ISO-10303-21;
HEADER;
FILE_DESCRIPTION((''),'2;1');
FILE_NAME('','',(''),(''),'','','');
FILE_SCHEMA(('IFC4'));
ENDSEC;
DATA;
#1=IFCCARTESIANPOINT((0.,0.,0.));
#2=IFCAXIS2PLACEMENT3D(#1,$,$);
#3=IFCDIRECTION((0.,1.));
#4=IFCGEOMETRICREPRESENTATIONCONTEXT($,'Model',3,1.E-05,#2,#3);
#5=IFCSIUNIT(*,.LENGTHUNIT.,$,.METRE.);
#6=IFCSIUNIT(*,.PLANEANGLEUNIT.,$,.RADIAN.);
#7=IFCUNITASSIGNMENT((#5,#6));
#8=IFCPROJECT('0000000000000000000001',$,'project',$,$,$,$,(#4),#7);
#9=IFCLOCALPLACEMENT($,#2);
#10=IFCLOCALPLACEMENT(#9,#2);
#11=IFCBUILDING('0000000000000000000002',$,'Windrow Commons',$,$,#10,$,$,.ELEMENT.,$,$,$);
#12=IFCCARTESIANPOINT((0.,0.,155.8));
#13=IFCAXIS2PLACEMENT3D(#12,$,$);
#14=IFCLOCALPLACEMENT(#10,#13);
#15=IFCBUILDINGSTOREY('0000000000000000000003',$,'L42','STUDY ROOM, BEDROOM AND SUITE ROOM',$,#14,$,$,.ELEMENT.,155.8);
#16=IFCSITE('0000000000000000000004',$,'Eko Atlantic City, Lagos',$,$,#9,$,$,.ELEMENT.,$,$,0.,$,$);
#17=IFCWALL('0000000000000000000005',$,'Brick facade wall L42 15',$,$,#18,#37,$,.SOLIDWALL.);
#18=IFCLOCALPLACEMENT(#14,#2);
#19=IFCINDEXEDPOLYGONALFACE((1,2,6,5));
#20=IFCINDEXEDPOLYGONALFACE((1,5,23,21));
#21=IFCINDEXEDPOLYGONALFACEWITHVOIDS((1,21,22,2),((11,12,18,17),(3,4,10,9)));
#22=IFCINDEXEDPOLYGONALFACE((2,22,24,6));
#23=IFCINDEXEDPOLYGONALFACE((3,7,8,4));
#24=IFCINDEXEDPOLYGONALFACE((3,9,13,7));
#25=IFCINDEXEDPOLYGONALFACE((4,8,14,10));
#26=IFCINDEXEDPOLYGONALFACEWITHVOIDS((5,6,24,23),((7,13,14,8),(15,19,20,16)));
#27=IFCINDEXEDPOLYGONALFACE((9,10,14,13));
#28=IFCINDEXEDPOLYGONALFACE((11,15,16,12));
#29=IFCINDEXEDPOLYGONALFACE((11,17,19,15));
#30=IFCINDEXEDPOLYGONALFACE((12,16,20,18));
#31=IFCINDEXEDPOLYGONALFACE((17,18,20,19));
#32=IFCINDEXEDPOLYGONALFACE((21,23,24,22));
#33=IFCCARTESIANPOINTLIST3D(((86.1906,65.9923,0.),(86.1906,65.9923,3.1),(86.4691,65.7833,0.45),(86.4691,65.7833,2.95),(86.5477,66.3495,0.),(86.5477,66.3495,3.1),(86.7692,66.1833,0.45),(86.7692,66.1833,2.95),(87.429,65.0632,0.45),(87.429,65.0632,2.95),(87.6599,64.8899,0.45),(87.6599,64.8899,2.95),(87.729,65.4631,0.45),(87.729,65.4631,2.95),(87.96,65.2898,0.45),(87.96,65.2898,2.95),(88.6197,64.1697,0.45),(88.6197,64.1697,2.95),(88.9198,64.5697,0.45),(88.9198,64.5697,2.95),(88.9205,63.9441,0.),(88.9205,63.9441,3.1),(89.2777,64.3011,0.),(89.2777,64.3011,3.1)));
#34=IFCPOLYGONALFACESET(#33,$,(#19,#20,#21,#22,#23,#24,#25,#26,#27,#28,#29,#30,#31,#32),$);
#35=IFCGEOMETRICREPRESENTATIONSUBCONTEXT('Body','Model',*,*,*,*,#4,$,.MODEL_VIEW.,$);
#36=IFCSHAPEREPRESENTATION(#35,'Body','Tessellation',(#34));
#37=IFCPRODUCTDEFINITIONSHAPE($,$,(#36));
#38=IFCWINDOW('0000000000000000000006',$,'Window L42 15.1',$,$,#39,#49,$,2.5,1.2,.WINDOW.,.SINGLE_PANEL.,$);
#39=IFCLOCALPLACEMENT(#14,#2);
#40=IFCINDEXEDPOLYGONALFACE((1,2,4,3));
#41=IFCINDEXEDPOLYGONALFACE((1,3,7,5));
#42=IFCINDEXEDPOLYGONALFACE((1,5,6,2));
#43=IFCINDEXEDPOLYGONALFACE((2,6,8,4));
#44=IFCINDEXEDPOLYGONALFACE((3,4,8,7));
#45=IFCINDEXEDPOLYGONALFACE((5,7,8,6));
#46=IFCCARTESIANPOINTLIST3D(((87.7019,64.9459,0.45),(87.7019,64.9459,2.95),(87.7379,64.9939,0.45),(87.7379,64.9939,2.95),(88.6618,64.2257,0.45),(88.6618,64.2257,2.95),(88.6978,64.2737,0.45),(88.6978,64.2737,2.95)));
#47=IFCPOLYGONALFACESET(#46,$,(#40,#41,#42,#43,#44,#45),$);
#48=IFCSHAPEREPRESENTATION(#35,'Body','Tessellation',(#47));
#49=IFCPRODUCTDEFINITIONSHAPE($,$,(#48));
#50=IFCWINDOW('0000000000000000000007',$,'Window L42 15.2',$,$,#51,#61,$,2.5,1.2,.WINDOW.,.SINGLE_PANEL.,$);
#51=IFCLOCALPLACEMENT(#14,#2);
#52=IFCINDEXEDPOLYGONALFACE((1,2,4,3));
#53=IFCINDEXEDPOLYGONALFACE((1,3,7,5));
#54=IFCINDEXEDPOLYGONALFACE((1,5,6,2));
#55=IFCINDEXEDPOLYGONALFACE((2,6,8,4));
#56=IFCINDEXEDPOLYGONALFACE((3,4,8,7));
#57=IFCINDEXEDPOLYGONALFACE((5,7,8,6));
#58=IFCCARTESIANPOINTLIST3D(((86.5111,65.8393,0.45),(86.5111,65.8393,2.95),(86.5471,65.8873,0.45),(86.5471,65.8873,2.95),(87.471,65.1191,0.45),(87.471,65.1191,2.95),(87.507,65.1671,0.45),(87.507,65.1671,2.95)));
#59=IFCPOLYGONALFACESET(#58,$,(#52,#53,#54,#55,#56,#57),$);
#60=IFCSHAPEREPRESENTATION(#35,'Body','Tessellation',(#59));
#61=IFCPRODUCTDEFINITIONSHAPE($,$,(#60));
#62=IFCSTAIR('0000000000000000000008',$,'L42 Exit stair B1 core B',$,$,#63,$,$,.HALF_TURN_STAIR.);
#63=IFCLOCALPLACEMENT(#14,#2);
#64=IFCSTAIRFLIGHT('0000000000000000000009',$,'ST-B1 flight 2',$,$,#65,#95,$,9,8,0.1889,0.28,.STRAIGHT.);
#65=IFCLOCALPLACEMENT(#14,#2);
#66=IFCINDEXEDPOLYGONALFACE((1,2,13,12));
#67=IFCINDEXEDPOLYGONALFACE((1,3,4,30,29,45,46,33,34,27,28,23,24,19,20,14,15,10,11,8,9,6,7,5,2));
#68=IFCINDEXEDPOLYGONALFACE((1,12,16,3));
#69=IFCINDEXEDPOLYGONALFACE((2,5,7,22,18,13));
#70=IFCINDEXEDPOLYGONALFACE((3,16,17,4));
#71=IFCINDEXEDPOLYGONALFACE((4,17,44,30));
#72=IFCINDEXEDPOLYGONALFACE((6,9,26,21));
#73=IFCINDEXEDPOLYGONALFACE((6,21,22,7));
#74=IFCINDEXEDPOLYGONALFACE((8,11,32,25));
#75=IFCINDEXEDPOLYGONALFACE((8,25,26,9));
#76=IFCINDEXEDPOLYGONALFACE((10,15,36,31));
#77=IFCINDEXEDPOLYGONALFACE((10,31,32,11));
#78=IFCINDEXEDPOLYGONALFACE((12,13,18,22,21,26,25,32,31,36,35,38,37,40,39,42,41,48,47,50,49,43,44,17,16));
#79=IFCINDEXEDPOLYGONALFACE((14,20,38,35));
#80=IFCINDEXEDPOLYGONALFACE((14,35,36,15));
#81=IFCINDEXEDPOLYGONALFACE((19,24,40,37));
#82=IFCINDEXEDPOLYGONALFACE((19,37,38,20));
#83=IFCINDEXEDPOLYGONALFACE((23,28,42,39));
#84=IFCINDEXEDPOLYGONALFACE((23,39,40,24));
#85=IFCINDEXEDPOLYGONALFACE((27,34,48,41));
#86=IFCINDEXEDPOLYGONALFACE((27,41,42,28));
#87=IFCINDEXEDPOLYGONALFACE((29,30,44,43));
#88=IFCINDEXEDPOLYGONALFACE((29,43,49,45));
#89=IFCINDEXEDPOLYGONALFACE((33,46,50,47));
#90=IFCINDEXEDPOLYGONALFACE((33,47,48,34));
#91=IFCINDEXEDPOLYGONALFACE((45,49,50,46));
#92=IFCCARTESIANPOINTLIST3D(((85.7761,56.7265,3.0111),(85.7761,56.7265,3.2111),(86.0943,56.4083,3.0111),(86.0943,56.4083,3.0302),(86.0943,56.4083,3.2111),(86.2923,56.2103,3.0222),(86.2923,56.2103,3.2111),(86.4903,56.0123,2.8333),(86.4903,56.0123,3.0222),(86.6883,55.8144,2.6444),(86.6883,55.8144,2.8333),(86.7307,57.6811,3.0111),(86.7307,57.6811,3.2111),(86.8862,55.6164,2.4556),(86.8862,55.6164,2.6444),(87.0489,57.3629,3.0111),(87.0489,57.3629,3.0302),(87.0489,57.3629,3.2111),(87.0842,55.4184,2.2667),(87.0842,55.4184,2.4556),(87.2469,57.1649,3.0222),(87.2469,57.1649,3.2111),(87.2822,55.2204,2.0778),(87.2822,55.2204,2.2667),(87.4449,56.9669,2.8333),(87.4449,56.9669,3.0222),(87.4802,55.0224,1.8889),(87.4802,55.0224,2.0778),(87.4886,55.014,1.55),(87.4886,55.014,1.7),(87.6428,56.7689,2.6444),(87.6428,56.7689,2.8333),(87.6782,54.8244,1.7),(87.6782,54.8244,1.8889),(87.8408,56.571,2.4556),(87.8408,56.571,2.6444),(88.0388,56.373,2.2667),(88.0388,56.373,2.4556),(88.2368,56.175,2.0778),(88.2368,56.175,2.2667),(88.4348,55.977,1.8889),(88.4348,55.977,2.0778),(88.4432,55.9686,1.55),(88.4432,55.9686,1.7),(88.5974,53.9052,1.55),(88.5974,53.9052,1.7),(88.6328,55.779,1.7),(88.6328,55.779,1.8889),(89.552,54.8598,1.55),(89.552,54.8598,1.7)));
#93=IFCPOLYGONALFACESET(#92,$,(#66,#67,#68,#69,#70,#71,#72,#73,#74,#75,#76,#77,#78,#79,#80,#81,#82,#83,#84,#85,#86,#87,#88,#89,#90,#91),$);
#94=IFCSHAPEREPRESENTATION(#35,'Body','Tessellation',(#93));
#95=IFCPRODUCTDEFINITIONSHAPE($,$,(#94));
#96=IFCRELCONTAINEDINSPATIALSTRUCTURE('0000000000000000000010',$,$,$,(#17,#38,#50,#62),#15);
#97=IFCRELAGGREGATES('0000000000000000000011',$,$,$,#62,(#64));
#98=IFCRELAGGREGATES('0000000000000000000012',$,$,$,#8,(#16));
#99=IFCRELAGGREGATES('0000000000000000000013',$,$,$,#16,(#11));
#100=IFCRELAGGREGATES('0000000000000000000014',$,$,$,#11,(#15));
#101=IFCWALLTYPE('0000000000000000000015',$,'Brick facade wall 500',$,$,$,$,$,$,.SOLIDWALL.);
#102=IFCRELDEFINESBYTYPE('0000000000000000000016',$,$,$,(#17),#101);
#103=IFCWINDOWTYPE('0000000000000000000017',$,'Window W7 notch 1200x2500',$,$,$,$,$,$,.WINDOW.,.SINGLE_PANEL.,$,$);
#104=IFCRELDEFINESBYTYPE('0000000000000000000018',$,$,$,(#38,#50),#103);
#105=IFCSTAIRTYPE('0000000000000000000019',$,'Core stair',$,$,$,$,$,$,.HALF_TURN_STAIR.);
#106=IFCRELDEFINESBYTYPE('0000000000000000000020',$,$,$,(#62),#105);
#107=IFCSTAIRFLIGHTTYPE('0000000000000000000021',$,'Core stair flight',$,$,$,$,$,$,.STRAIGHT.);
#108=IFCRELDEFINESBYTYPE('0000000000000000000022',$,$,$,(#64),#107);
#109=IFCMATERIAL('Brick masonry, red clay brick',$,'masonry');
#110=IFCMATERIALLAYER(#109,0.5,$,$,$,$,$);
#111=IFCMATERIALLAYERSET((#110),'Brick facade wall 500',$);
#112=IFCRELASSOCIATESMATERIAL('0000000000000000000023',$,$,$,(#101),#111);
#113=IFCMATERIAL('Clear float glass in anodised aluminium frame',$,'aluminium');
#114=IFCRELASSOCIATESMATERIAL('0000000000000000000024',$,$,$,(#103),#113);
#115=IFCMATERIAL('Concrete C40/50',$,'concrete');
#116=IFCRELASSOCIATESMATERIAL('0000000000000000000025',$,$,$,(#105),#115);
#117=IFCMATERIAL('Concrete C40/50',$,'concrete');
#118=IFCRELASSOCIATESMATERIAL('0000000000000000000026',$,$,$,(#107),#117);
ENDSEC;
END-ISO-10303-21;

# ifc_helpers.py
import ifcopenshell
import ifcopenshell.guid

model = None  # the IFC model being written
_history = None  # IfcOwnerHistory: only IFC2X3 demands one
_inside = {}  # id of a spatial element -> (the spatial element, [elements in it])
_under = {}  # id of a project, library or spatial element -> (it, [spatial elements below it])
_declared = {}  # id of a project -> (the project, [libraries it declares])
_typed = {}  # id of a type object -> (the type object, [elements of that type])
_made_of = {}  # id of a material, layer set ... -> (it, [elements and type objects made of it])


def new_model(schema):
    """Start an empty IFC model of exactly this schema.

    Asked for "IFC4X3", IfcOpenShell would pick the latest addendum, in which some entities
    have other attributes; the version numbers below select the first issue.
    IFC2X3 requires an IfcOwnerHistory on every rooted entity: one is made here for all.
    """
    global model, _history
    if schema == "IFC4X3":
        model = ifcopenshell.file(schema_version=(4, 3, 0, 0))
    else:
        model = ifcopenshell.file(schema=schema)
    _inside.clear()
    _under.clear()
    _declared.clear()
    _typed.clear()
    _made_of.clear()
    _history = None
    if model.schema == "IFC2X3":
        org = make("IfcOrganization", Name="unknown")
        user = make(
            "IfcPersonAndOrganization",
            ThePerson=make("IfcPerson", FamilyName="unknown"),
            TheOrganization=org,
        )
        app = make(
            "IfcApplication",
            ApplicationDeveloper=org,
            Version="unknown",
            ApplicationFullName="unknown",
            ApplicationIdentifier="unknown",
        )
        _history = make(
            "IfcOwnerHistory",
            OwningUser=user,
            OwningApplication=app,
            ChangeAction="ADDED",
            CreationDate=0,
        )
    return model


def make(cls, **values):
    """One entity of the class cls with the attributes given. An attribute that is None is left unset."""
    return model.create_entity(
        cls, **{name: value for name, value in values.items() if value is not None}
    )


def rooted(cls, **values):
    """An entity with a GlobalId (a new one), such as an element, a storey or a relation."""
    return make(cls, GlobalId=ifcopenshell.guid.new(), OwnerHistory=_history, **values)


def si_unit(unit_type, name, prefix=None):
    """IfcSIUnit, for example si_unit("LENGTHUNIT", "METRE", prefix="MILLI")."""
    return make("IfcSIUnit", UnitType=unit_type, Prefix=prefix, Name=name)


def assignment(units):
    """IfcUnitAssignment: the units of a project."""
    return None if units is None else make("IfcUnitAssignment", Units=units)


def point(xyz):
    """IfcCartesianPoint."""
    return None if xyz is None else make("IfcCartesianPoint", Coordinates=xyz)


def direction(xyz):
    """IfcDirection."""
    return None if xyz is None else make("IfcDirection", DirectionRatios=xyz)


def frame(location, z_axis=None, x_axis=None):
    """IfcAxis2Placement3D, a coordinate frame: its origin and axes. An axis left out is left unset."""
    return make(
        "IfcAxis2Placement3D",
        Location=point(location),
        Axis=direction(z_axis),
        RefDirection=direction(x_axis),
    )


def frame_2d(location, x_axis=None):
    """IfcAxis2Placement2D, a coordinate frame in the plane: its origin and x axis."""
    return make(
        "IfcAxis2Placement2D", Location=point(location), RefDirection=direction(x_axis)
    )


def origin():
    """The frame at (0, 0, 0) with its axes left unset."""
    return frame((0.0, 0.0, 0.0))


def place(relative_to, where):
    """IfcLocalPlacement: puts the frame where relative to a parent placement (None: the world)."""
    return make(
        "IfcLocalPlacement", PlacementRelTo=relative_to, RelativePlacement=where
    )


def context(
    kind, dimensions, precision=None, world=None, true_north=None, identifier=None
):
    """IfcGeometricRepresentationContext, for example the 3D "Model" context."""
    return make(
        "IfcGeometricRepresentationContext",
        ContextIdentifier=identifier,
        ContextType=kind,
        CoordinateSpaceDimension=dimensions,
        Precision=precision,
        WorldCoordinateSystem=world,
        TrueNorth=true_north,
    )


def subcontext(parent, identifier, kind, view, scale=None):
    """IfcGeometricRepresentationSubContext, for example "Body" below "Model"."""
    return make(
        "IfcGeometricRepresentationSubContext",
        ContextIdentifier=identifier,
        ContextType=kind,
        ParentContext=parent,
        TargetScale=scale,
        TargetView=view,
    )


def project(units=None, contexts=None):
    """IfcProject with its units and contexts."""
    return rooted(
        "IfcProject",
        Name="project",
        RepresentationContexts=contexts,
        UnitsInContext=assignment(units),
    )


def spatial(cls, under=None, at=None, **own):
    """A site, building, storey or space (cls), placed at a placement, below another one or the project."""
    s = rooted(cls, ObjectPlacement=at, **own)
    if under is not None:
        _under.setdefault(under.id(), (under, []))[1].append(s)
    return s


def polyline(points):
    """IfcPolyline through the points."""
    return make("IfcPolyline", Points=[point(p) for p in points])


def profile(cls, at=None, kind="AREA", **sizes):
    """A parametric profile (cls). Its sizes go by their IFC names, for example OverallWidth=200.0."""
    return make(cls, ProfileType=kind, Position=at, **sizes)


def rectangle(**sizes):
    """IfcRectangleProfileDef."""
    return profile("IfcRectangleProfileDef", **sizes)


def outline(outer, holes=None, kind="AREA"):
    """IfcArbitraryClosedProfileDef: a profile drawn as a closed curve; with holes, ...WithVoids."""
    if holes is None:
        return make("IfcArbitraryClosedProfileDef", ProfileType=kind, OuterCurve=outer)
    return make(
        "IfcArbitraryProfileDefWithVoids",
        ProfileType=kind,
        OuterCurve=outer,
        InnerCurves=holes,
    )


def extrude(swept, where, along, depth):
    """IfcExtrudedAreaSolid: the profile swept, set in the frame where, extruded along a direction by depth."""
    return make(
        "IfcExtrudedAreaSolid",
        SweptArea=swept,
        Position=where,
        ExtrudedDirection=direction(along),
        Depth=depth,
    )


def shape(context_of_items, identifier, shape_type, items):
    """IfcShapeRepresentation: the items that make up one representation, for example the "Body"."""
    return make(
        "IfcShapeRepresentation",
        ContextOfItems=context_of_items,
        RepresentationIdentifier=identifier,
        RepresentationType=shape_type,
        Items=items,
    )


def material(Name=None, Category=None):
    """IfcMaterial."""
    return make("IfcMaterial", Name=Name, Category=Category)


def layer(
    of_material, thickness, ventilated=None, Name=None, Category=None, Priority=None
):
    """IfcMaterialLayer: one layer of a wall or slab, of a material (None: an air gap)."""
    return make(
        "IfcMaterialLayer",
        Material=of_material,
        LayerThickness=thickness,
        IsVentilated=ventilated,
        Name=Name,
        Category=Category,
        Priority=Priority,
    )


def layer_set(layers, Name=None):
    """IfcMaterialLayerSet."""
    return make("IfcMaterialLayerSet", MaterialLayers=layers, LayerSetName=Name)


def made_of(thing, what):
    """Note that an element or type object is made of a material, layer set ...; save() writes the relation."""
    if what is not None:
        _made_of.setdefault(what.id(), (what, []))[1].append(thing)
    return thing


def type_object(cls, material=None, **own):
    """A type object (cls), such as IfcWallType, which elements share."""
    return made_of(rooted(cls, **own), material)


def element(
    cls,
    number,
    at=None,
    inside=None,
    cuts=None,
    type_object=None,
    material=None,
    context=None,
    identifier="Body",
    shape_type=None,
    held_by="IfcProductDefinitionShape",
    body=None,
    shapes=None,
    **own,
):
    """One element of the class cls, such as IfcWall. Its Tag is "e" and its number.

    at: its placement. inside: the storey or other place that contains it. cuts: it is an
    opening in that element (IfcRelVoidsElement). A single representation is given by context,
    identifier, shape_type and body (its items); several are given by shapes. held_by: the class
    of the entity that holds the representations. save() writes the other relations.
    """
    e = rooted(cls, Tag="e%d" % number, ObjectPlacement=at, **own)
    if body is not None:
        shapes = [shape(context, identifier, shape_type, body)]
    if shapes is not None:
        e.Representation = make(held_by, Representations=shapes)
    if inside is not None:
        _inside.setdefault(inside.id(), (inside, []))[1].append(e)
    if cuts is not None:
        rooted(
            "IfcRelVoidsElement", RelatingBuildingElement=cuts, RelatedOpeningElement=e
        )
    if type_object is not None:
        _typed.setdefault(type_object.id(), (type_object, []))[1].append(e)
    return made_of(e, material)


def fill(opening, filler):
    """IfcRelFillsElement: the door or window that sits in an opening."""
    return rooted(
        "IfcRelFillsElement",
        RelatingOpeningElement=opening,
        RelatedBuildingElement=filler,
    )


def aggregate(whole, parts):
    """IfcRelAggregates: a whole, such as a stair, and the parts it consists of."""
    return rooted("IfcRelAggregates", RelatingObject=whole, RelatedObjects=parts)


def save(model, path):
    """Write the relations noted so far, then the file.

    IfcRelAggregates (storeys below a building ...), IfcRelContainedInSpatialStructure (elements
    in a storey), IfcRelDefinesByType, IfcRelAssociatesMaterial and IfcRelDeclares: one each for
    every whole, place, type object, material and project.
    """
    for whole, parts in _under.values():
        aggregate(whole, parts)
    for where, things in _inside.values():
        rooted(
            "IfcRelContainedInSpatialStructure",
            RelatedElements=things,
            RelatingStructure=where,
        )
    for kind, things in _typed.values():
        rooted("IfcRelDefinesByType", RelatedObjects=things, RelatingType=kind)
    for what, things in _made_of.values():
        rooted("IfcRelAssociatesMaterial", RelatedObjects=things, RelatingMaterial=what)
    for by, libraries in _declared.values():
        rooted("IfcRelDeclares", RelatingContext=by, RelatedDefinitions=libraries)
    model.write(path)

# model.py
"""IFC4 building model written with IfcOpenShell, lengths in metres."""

from ifc_helpers import new_model, si_unit, direction, frame, frame_2d, origin, place, context, subcontext, project, spatial, polyline, rectangle, outline, extrude, material, layer, layer_set, type_object, element, fill, aggregate, save


model = new_model("IFC4")

# Units and contexts
model_context = context("Model", 3, precision=1e-05, world=origin(), true_north=direction((0.0, 1.0)))
body_context = subcontext(model_context, "Body", "Model", "MODEL_VIEW")
ifc_project = project(units=[si_unit("LENGTHUNIT", "METRE"), si_unit("PLANEANGLEUNIT", "RADIAN")], contexts=[model_context])

# Site, building, storey
site_placement = place(None, origin())
site = spatial("IfcSite", under=ifc_project, at=site_placement, Name="Eko Atlantic City, Lagos", CompositionType="ELEMENT", RefElevation=0.0)
building_placement = place(site_placement, origin())
building = spatial("IfcBuilding", under=site, at=building_placement, Name="Windrow Commons", CompositionType="ELEMENT")
storey_placement = place(building_placement, frame((0.0, 0.0, 155.8)))
storey = spatial("IfcBuildingStorey", under=building, at=storey_placement, Name="L42", Description="STUDY ROOM, BEDROOM AND SUITE ROOM", CompositionType="ELEMENT", Elevation=155.8)

# Shared definitions
ifc_material_1 = material(Name="Brick masonry, red clay brick", Category="masonry")
ifc_layer = layer(ifc_material_1, 0.5)
ifc_layer_set = layer_set([ifc_layer], Name="Brick facade wall 500")
wall_type = type_object("IfcWallType", Name="Brick facade wall 500", PredefinedType="SOLIDWALL", material=ifc_layer_set)
ifc_material_2 = material(Name="Clear float glass in anodised aluminium frame", Category="aluminium")
window_type = type_object("IfcWindowType", Name="Window W7 notch 1200x2500", PartitioningType="SINGLE_PANEL", PredefinedType="WINDOW", material=ifc_material_2)

# Wall, openings, windows
wall_1_placement = place(storey_placement, frame((89.0991, 64.1226, 0.0), z_axis=(0.0, 0.0, 1.0), x_axis=(-0.799887, 0.60015, 0.0)))
wall_1 = element("IfcWall", 1, at=wall_1_placement, inside=storey, type_object=wall_type, Name="Brick facade wall L42 15", PredefinedType="SOLIDWALL", context=body_context, shape_type="SweptSolid", body=[
    extrude(outline(polyline([(-0.0357, -0.25), (3.3773, -0.25), (3.4486, 0.25), (0.0357, 0.25), (-0.0357, -0.25)])), origin(), (0.0, 0.0, 1.0), 3.1),
])
opening_1_placement = place(wall_1_placement, frame((0.4117, 0.0, 0.45)))
opening_1 = element("IfcOpeningElement", 2, at=opening_1_placement, cuts=wall_1, PredefinedType="OPENING", context=body_context, shape_type="SweptSolid", body=[
    extrude(rectangle(XDim=1.2, YDim=2.5, at=frame_2d((0.6, 1.25))), frame((0.0, 0.26, 0.0), z_axis=(0.0, -1.0, 0.0), x_axis=(1.0, 0.0, 0.0)), (0.0, 0.0, 1.0), 0.52),
])
opening_2_placement = place(wall_1_placement, frame((1.9004, 0.0, 0.45)))
opening_2 = element("IfcOpeningElement", 3, at=opening_2_placement, cuts=wall_1, PredefinedType="OPENING", context=body_context, shape_type="SweptSolid", body=[
    extrude(rectangle(XDim=1.2, YDim=2.5, at=frame_2d((0.6, 1.25))), frame((0.0, 0.26, 0.0), z_axis=(0.0, -1.0, 0.0), x_axis=(1.0, 0.0, 0.0)), (0.0, 0.0, 1.0), 0.52),
])
window_1_placement = place(opening_1_placement, origin())
window_1 = element("IfcWindow", 4, at=window_1_placement, inside=storey, type_object=window_type, Name="Window L42 15.1", OverallHeight=2.5, OverallWidth=1.2, PartitioningType="SINGLE_PANEL", PredefinedType="WINDOW", context=body_context, shape_type="SweptSolid", body=[
    extrude(rectangle(XDim=1.2, YDim=2.5, at=frame_2d((0.6, 1.25))), frame((0.0, 0.18, 0.0), z_axis=(0.0, -1.0, 0.0), x_axis=(1.0, 0.0, 0.0)), (0.0, 0.0, 1.0), 0.06),
])
fill(opening_1, window_1)
window_2_placement = place(opening_2_placement, origin())
window_2 = element("IfcWindow", 5, at=window_2_placement, inside=storey, type_object=window_type, Name="Window L42 15.2", OverallHeight=2.5, OverallWidth=1.2, PartitioningType="SINGLE_PANEL", PredefinedType="WINDOW", context=body_context, shape_type="SweptSolid", body=[
    extrude(rectangle(XDim=1.2, YDim=2.5, at=frame_2d((0.6, 1.25))), frame((0.0, 0.18, 0.0), z_axis=(0.0, -1.0, 0.0), x_axis=(1.0, 0.0, 0.0)), (0.0, 0.0, 1.0), 0.06),
])
fill(opening_2, window_2)

# Stair, stair flight
ifc_material_3 = material(Name="Concrete C40/50", Category="concrete")
stair_type = type_object("IfcStairType", Name="Core stair", PredefinedType="HALF_TURN_STAIR", material=ifc_material_3)
stair_placement = place(storey_placement, origin())
stair = element("IfcStair", 6, at=stair_placement, inside=storey, type_object=stair_type, Name="L42 Exit stair B1 core B", PredefinedType="HALF_TURN_STAIR")
ifc_material_4 = material(Name="Concrete C40/50", Category="concrete")
stair_flight_type = type_object("IfcStairFlightType", Name="Core stair flight", PredefinedType="STRAIGHT", material=ifc_material_4)
stair_flight_placement = place(storey_placement, frame((88.1555, 55.3017, 1.7), z_axis=(0.0, 0.0, 1.0), x_axis=(-0.707107, 0.707107, 0.0)))
stair_flight = element("IfcStairFlight", 7, at=stair_flight_placement, type_object=stair_flight_type, Name="ST-B1 flight 2", NumberOfRisers=9, NumberOfTreads=8, PredefinedType="STRAIGHT", RiserHeight=0.1889, TreadLength=0.28, context=body_context, shape_type="SweptSolid", body=[
    extrude(outline(polyline([(-1.3, -0.15), (-1.3, 0.0), (0.0, 0.0), (0.0, 0.1889), (0.28, 0.1889), (0.28, 0.3778), (0.56, 0.3778), (0.56, 0.5667), (0.84, 0.5667), (0.84, 0.7556), (1.12, 0.7556), (1.12, 0.9444), (1.4, 0.9444), (1.4, 1.1333), (1.68, 1.1333), (1.68, 1.3222), (1.96, 1.3222), (1.96, 1.5111), (2.24, 1.5111), (2.69, 1.5111), (2.69, 1.3111), (2.24, 1.3111), (2.24, 1.3302), (0.2682, 0.0), (0.2682, -0.15), (-1.3, -0.15)])), frame((0.0, 0.675, 0.0), z_axis=(0.0, -1.0, 0.0), x_axis=(1.0, 0.0, 0.0)), (0.0, 0.0, 1.0), 1.35),
])
aggregate(stair, [stair_flight])

save(model, "model.ifc")
